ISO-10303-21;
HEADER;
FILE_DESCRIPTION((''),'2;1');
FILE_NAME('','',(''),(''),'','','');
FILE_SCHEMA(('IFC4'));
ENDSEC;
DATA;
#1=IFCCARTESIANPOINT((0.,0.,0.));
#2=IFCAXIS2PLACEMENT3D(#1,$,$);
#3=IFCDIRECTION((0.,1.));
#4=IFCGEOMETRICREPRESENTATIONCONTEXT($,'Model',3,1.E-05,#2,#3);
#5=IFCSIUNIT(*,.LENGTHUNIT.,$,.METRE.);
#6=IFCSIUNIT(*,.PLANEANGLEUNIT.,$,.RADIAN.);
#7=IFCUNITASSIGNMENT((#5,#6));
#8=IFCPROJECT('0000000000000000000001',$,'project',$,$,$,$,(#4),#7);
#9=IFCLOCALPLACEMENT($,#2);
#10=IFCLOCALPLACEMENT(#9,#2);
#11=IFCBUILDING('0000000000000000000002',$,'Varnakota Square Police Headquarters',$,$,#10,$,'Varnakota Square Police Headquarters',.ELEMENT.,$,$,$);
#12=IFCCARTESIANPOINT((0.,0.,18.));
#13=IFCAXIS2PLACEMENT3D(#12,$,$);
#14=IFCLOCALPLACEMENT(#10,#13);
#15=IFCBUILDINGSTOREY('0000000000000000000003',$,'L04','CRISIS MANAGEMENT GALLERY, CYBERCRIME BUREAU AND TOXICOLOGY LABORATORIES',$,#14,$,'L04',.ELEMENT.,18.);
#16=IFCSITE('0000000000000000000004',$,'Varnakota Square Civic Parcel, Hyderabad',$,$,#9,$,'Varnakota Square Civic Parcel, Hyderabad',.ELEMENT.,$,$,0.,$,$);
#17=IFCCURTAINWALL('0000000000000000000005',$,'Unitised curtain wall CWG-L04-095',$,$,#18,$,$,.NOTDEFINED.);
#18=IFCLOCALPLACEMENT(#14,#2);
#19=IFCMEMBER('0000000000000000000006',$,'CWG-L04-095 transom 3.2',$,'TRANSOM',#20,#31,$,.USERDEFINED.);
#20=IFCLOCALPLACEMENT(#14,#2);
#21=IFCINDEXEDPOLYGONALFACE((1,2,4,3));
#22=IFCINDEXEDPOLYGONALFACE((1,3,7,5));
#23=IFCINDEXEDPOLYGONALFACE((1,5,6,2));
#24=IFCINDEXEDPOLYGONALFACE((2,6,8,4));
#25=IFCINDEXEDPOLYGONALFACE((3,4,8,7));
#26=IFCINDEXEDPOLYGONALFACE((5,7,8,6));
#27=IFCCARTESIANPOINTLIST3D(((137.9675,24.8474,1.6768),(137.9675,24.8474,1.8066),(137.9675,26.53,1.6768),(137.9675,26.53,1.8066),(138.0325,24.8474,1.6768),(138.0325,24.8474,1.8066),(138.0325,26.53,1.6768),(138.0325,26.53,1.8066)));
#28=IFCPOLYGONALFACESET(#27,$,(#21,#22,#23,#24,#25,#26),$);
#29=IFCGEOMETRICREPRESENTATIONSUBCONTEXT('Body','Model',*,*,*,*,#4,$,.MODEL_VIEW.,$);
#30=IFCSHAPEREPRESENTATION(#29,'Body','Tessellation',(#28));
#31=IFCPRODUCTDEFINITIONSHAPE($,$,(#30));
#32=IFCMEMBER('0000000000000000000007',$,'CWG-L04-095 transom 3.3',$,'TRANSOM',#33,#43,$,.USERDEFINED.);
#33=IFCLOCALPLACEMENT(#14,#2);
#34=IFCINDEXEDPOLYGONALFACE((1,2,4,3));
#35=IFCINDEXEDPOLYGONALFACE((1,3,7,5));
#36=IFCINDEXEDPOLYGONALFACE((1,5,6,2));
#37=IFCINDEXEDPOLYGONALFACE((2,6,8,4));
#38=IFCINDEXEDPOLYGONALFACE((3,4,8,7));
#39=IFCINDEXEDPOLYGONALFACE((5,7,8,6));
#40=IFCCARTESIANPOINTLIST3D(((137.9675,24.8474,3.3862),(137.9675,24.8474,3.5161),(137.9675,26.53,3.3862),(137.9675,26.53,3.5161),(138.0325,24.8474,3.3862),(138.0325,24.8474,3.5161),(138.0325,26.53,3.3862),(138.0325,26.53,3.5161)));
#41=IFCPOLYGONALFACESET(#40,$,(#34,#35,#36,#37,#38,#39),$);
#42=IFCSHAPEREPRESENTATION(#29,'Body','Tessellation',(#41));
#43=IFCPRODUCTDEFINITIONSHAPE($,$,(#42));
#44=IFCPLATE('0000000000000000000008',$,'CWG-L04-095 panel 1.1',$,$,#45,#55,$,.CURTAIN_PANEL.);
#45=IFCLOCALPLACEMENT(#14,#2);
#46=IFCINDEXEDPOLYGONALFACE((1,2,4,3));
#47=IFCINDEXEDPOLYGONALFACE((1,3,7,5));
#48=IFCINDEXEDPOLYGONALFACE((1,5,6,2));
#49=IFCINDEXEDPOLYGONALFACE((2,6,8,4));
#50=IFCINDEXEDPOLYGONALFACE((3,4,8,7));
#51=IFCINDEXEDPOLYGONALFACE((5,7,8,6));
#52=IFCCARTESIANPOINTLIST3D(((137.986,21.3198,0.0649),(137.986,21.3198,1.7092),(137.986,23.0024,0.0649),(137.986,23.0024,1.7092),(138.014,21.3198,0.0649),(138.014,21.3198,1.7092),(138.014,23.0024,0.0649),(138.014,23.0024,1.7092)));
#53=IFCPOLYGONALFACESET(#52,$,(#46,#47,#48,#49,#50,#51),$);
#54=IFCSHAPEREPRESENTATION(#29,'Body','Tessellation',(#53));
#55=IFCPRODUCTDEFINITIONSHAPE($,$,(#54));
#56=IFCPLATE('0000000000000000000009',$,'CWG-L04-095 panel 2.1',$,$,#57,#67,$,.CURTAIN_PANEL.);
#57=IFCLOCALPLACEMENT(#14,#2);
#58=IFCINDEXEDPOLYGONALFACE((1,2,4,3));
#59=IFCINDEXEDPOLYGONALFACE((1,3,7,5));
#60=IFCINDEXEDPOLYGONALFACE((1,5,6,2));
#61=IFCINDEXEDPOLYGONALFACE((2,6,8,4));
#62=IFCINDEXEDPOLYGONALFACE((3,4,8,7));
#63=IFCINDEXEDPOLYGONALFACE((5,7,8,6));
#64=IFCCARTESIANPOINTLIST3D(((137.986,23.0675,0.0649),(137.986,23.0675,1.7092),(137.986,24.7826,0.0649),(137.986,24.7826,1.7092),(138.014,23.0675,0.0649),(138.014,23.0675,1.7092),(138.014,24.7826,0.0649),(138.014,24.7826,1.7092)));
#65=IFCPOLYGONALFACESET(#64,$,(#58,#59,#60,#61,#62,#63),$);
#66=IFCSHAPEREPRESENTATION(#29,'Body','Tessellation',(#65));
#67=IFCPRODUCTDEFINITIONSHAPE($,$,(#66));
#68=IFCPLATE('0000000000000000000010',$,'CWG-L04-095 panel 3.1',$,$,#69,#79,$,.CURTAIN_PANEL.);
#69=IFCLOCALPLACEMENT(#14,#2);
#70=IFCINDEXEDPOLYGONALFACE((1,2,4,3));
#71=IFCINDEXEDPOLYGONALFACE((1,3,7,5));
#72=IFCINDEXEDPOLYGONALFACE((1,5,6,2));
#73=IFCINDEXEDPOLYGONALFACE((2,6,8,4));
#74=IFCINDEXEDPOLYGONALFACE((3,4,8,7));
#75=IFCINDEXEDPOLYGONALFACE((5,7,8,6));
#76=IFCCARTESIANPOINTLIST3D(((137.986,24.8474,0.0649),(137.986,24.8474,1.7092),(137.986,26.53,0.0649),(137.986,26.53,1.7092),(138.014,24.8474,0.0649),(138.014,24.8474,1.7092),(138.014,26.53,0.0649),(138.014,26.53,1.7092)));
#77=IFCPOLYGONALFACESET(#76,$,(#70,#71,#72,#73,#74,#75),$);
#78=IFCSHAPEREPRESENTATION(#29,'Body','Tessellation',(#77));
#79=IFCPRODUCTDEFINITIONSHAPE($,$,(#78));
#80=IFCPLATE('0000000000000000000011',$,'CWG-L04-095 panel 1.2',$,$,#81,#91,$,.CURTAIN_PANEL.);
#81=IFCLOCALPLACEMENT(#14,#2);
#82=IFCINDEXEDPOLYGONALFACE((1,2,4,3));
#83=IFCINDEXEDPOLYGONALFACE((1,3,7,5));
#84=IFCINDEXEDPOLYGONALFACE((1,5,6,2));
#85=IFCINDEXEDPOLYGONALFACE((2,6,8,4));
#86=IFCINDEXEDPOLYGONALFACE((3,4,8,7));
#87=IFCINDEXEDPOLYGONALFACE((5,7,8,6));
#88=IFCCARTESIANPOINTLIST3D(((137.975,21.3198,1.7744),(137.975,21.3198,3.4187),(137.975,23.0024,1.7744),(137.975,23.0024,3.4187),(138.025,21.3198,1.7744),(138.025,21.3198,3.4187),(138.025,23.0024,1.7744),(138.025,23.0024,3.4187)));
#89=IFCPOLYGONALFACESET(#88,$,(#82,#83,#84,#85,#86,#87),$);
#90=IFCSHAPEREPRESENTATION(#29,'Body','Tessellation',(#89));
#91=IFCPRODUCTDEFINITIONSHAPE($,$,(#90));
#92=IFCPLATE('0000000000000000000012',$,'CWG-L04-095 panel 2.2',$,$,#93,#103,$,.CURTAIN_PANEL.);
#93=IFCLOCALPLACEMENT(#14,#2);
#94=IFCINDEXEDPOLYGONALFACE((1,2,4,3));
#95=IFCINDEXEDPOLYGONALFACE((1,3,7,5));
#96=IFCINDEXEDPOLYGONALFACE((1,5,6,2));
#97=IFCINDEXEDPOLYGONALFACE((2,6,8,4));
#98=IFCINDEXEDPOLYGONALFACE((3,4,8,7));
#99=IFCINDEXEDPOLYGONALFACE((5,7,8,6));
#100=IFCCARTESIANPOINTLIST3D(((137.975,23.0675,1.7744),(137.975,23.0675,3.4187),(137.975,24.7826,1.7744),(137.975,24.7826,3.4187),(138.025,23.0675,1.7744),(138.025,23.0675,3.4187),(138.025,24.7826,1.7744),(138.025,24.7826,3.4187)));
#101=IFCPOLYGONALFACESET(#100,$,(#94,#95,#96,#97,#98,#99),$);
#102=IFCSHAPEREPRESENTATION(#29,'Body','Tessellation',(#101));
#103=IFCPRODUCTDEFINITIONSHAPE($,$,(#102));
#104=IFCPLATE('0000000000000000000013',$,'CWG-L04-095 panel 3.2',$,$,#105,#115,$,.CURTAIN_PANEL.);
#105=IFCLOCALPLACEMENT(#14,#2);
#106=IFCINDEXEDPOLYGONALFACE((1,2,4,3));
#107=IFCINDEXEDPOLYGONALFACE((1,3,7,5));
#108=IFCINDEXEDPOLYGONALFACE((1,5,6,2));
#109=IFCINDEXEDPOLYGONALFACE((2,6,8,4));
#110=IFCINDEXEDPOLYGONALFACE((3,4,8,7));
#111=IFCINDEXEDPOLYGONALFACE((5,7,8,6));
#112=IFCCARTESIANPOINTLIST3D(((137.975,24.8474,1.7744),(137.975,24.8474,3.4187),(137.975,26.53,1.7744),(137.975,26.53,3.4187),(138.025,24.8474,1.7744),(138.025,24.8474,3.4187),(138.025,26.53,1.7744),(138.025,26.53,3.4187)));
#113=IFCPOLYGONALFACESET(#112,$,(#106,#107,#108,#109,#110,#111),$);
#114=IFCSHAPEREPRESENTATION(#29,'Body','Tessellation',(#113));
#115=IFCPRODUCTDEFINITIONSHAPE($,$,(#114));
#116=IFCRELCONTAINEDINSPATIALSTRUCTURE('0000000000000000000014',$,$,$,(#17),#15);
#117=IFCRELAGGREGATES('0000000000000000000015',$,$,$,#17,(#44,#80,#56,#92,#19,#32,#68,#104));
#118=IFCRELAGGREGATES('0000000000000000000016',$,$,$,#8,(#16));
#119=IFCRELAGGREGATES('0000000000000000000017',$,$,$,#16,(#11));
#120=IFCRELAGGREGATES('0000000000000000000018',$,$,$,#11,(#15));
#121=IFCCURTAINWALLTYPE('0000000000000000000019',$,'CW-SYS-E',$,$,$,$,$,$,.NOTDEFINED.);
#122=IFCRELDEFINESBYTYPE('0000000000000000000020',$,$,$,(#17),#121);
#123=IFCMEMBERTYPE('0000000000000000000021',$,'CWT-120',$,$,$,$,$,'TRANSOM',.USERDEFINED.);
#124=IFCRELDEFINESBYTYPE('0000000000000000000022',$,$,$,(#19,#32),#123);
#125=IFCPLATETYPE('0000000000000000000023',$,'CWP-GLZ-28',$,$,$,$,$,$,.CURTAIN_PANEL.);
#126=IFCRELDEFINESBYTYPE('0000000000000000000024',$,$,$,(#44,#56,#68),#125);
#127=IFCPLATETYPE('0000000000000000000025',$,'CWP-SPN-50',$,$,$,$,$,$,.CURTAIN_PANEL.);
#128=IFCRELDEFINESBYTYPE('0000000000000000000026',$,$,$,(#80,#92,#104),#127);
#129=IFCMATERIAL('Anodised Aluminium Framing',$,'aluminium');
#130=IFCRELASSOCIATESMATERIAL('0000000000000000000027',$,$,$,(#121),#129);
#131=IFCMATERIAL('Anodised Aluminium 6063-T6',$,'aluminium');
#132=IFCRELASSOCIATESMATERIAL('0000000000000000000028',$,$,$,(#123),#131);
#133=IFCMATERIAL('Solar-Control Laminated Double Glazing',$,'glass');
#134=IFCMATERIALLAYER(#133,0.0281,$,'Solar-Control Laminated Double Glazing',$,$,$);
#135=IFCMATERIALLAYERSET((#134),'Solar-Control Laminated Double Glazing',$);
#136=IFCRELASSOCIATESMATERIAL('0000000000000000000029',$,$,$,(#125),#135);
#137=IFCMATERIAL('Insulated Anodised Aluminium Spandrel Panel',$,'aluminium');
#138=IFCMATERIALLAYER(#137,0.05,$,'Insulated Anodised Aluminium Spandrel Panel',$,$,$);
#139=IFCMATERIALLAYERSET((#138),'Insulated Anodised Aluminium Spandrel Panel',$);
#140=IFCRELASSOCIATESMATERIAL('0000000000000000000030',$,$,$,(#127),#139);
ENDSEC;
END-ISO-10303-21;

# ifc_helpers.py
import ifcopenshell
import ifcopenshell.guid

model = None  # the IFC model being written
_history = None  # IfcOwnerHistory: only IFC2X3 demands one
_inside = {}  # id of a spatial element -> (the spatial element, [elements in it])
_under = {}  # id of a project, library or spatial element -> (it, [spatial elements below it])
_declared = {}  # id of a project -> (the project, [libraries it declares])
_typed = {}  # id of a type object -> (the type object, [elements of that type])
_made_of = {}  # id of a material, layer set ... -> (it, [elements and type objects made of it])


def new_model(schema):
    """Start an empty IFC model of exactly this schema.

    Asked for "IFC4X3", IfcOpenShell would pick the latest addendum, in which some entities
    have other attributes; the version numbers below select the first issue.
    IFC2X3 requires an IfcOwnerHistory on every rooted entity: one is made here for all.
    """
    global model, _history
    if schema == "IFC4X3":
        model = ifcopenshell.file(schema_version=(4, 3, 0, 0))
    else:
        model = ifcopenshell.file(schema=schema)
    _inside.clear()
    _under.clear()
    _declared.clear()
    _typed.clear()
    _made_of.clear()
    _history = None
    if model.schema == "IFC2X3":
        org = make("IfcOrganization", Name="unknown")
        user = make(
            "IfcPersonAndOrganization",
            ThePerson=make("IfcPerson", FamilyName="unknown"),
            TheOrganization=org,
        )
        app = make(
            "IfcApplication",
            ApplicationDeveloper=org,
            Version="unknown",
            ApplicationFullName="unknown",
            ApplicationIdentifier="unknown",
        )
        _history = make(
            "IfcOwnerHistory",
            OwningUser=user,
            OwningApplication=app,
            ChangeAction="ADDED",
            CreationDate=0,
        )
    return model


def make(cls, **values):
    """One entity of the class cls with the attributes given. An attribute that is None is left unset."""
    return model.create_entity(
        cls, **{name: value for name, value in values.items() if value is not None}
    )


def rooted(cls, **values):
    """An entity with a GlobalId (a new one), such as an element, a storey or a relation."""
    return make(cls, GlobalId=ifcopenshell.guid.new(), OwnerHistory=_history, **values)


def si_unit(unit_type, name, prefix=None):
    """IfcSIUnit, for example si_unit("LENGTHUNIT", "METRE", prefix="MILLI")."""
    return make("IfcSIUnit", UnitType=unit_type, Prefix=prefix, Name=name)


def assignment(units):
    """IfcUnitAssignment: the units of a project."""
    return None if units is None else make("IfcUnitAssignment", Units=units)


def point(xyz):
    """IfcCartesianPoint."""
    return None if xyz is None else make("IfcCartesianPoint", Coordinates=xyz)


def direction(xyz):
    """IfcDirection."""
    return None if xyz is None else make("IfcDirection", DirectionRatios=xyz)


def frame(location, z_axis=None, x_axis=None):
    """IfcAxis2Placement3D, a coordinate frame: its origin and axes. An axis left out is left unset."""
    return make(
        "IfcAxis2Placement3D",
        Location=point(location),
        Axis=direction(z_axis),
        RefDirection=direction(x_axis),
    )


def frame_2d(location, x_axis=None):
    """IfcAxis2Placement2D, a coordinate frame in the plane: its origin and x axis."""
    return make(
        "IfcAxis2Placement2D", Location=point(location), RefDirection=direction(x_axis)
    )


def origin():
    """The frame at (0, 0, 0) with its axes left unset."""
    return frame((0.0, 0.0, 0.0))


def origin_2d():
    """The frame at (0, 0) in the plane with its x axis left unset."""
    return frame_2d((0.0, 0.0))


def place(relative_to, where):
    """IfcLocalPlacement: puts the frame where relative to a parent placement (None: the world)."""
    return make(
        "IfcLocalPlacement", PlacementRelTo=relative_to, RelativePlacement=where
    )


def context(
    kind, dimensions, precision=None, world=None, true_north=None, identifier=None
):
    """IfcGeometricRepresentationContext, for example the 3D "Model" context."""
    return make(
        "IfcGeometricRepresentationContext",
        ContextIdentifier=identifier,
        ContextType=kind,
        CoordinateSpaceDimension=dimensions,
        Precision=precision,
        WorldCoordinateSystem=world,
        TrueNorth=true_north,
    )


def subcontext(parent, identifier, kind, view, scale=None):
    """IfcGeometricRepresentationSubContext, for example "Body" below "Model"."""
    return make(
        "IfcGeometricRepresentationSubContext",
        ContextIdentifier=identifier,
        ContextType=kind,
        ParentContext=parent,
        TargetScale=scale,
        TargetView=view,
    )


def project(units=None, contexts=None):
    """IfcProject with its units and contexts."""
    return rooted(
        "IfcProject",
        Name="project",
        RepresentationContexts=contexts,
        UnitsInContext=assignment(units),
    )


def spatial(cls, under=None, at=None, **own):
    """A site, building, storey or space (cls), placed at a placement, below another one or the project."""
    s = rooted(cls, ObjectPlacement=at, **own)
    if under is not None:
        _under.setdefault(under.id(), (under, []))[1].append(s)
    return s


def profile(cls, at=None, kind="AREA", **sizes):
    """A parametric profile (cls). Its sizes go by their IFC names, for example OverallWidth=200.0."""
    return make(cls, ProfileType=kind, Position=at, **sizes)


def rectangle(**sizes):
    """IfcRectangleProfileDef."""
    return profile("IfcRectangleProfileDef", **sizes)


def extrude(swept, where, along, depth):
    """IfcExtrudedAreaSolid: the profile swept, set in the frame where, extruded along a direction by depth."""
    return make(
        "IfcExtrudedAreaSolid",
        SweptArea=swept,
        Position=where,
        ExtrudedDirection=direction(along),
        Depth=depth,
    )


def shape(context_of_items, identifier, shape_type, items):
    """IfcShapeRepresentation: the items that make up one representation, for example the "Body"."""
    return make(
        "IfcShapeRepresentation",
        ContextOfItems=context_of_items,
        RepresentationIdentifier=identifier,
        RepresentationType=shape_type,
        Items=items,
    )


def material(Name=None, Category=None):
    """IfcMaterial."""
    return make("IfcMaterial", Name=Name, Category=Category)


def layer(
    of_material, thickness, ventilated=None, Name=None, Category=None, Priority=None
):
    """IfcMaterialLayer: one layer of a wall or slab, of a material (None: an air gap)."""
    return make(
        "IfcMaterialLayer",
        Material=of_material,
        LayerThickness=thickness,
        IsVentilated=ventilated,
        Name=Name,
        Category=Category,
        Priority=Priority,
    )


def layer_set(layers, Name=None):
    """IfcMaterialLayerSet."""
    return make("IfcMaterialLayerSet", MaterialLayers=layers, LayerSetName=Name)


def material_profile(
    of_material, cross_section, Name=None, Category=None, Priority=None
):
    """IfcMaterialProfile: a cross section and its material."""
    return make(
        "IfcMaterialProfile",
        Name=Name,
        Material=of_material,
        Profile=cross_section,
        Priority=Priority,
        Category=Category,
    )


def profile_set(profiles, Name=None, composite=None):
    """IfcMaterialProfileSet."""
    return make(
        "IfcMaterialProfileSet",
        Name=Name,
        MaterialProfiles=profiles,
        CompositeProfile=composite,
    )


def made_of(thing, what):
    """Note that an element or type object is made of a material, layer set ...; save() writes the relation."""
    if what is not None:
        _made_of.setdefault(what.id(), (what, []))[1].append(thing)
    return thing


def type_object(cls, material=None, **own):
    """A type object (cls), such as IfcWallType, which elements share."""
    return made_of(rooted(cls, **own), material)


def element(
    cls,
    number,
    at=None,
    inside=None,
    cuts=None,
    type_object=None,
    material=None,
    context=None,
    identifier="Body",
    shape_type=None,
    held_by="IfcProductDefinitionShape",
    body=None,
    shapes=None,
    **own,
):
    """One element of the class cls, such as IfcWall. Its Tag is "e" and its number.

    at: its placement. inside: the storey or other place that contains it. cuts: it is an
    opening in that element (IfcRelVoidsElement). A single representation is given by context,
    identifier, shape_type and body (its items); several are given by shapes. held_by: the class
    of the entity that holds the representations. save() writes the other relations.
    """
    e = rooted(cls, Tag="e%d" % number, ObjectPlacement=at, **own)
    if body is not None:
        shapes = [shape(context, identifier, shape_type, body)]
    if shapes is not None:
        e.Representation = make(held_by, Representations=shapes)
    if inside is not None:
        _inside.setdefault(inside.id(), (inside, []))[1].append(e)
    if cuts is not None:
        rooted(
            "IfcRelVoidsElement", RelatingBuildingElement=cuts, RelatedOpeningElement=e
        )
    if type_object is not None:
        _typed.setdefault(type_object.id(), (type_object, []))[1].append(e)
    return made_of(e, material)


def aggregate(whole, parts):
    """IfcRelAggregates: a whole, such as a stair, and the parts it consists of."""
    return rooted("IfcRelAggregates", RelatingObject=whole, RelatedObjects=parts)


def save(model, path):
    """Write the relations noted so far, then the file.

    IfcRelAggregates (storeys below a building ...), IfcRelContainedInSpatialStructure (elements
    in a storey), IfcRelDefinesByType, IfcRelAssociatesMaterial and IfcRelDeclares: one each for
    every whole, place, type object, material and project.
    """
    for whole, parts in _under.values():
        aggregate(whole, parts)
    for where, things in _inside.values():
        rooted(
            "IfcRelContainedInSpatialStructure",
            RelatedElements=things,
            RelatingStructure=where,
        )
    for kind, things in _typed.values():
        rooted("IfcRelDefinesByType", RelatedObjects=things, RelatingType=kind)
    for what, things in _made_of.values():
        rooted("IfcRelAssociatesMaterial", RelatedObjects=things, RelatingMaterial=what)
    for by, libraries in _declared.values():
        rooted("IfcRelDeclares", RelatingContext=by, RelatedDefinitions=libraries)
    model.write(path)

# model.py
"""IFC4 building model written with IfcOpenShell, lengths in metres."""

from ifc_helpers import new_model, si_unit, direction, frame, origin, origin_2d, place, context, subcontext, project, spatial, rectangle, extrude, material, layer, layer_set, material_profile, profile_set, type_object, element, aggregate, save


model = new_model("IFC4")

# Units and contexts
model_context = context("Model", 3, precision=1e-05, world=origin(), true_north=direction((0.0, 1.0)))
body_context = subcontext(model_context, "Body", "Model", "MODEL_VIEW")
ifc_project = project(units=[si_unit("LENGTHUNIT", "METRE"), si_unit("PLANEANGLEUNIT", "RADIAN")], contexts=[model_context])

# Site, building, storey
site_placement = place(None, origin())
site = spatial("IfcSite", under=ifc_project, at=site_placement, Name="Varnakota Square Civic Parcel, Hyderabad", LongName="Varnakota Square Civic Parcel, Hyderabad", CompositionType="ELEMENT", RefElevation=0.0)
building_placement = place(site_placement, origin())
building = spatial("IfcBuilding", under=site, at=building_placement, Name="Varnakota Square Police Headquarters", LongName="Varnakota Square Police Headquarters", CompositionType="ELEMENT")
storey_placement = place(building_placement, frame((0.0, 0.0, 18.0)))
storey = spatial("IfcBuildingStorey", under=building, at=storey_placement, Name="L04", Description="CRISIS MANAGEMENT GALLERY, CYBERCRIME BUREAU AND TOXICOLOGY LABORATORIES", LongName="L04", CompositionType="ELEMENT", Elevation=18.0)

# Curtain wall, members, plates
ifc_material_1 = material(Name="Anodised Aluminium Framing", Category="aluminium")
curtain_wall_type = type_object("IfcCurtainWallType", Name="CW-SYS-E", PredefinedType="NOTDEFINED", material=ifc_material_1)
curtain_wall_placement = place(storey_placement, origin())
curtain_wall = element("IfcCurtainWall", 1, at=curtain_wall_placement, inside=storey, type_object=curtain_wall_type, Name="Unitised curtain wall CWG-L04-095", PredefinedType="NOTDEFINED")
ifc_material_2 = material(Name="Anodised Aluminium 6063-T6", Category="aluminium")
ifc_material_profile_1 = material_profile(ifc_material_2, rectangle(XDim=0.0649, YDim=0.1299, at=origin_2d()), Name="ALU TRANSOM 65x130")
ifc_profile_set_1 = profile_set([ifc_material_profile_1], Name="Anodised Aluminium 6063-T6")
member_type_1 = type_object("IfcMemberType", Name="CWT-120", ElementType="TRANSOM", PredefinedType="USERDEFINED", material=ifc_profile_set_1)
member_1_placement = place(storey_placement, frame((138.0, 24.8474, 1.7417), z_axis=(0.0, 1.0, 0.0), x_axis=(-1.0, 0.0, 0.0)))
member_1 = element("IfcMember", 2, at=member_1_placement, type_object=member_type_1, Name="CWG-L04-095 transom 3.2", ObjectType="TRANSOM", PredefinedType="USERDEFINED", context=body_context, shape_type="SweptSolid", body=[
    extrude(rectangle(XDim=0.0649, YDim=0.1299, at=origin_2d()), origin(), (0.0, 0.0, 1.0), 1.6826),
])
member_2_placement = place(storey_placement, frame((138.0, 24.8474, 3.4512), z_axis=(0.0, 1.0, 0.0), x_axis=(-1.0, 0.0, 0.0)))
member_2 = element("IfcMember", 3, at=member_2_placement, type_object=member_type_1, Name="CWG-L04-095 transom 3.3", ObjectType="TRANSOM", PredefinedType="USERDEFINED", context=body_context, shape_type="SweptSolid", body=[
    extrude(rectangle(XDim=0.0649, YDim=0.1299, at=origin_2d()), origin(), (0.0, 0.0, 1.0), 1.6826),
])
ifc_material_3 = material(Name="Solar-Control Laminated Double Glazing", Category="glass")
ifc_layer_1 = layer(ifc_material_3, 0.0281, Name="Solar-Control Laminated Double Glazing")
ifc_layer_set_1 = layer_set([ifc_layer_1], Name="Solar-Control Laminated Double Glazing")
plate_type_1 = type_object("IfcPlateType", Name="CWP-GLZ-28", PredefinedType="CURTAIN_PANEL", material=ifc_layer_set_1)
plate_1_placement = place(storey_placement, frame((138.0, 22.1611, 0.0649), z_axis=(0.0, 0.0, 1.0), x_axis=(0.0, 1.0, 0.0)))
plate_1 = element("IfcPlate", 4, at=plate_1_placement, type_object=plate_type_1, Name="CWG-L04-095 panel 1.1", PredefinedType="CURTAIN_PANEL", context=body_context, shape_type="SweptSolid", body=[
    extrude(rectangle(XDim=1.6826, YDim=0.0281, at=origin_2d()), origin(), (0.0, 0.0, 1.0), 1.6443),
])
plate_2_placement = place(storey_placement, frame((138.0, 23.925, 0.0649), z_axis=(0.0, 0.0, 1.0), x_axis=(0.0, 1.0, 0.0)))
plate_2 = element("IfcPlate", 5, at=plate_2_placement, type_object=plate_type_1, Name="CWG-L04-095 panel 2.1", PredefinedType="CURTAIN_PANEL", context=body_context, shape_type="SweptSolid", body=[
    extrude(rectangle(XDim=1.7151, YDim=0.0281, at=origin_2d()), origin(), (0.0, 0.0, 1.0), 1.6443),
])
plate_3_placement = place(storey_placement, frame((138.0, 25.6887, 0.0649), z_axis=(0.0, 0.0, 1.0), x_axis=(0.0, 1.0, 0.0)))
plate_3 = element("IfcPlate", 6, at=plate_3_placement, type_object=plate_type_1, Name="CWG-L04-095 panel 3.1", PredefinedType="CURTAIN_PANEL", context=body_context, shape_type="SweptSolid", body=[
    extrude(rectangle(XDim=1.6826, YDim=0.0281, at=origin_2d()), origin(), (0.0, 0.0, 1.0), 1.6443),
])
ifc_material_4 = material(Name="Insulated Anodised Aluminium Spandrel Panel", Category="aluminium")
ifc_layer_2 = layer(ifc_material_4, 0.05, Name="Insulated Anodised Aluminium Spandrel Panel")
ifc_layer_set_2 = layer_set([ifc_layer_2], Name="Insulated Anodised Aluminium Spandrel Panel")
plate_type_2 = type_object("IfcPlateType", Name="CWP-SPN-50", PredefinedType="CURTAIN_PANEL", material=ifc_layer_set_2)
plate_4_placement = place(storey_placement, frame((138.0, 22.1611, 1.7744), z_axis=(0.0, 0.0, 1.0), x_axis=(0.0, 1.0, 0.0)))
plate_4 = element("IfcPlate", 7, at=plate_4_placement, type_object=plate_type_2, Name="CWG-L04-095 panel 1.2", PredefinedType="CURTAIN_PANEL", context=body_context, shape_type="SweptSolid", body=[
    extrude(rectangle(XDim=1.6826, YDim=0.05, at=origin_2d()), origin(), (0.0, 0.0, 1.0), 1.6443),
])
plate_5_placement = place(storey_placement, frame((138.0, 23.925, 1.7744), z_axis=(0.0, 0.0, 1.0), x_axis=(0.0, 1.0, 0.0)))
plate_5 = element("IfcPlate", 8, at=plate_5_placement, type_object=plate_type_2, Name="CWG-L04-095 panel 2.2", PredefinedType="CURTAIN_PANEL", context=body_context, shape_type="SweptSolid", body=[
    extrude(rectangle(XDim=1.7151, YDim=0.05, at=origin_2d()), origin(), (0.0, 0.0, 1.0), 1.6443),
])
plate_6_placement = place(storey_placement, frame((138.0, 25.6887, 1.7744), z_axis=(0.0, 0.0, 1.0), x_axis=(0.0, 1.0, 0.0)))
plate_6 = element("IfcPlate", 9, at=plate_6_placement, type_object=plate_type_2, Name="CWG-L04-095 panel 3.2", PredefinedType="CURTAIN_PANEL", context=body_context, shape_type="SweptSolid", body=[
    extrude(rectangle(XDim=1.6826, YDim=0.05, at=origin_2d()), origin(), (0.0, 0.0, 1.0), 1.6443),
])
aggregate(curtain_wall, [plate_1, plate_4, plate_2, plate_5, member_1, member_2, plate_3, plate_6])

save(model, "model.ifc")
